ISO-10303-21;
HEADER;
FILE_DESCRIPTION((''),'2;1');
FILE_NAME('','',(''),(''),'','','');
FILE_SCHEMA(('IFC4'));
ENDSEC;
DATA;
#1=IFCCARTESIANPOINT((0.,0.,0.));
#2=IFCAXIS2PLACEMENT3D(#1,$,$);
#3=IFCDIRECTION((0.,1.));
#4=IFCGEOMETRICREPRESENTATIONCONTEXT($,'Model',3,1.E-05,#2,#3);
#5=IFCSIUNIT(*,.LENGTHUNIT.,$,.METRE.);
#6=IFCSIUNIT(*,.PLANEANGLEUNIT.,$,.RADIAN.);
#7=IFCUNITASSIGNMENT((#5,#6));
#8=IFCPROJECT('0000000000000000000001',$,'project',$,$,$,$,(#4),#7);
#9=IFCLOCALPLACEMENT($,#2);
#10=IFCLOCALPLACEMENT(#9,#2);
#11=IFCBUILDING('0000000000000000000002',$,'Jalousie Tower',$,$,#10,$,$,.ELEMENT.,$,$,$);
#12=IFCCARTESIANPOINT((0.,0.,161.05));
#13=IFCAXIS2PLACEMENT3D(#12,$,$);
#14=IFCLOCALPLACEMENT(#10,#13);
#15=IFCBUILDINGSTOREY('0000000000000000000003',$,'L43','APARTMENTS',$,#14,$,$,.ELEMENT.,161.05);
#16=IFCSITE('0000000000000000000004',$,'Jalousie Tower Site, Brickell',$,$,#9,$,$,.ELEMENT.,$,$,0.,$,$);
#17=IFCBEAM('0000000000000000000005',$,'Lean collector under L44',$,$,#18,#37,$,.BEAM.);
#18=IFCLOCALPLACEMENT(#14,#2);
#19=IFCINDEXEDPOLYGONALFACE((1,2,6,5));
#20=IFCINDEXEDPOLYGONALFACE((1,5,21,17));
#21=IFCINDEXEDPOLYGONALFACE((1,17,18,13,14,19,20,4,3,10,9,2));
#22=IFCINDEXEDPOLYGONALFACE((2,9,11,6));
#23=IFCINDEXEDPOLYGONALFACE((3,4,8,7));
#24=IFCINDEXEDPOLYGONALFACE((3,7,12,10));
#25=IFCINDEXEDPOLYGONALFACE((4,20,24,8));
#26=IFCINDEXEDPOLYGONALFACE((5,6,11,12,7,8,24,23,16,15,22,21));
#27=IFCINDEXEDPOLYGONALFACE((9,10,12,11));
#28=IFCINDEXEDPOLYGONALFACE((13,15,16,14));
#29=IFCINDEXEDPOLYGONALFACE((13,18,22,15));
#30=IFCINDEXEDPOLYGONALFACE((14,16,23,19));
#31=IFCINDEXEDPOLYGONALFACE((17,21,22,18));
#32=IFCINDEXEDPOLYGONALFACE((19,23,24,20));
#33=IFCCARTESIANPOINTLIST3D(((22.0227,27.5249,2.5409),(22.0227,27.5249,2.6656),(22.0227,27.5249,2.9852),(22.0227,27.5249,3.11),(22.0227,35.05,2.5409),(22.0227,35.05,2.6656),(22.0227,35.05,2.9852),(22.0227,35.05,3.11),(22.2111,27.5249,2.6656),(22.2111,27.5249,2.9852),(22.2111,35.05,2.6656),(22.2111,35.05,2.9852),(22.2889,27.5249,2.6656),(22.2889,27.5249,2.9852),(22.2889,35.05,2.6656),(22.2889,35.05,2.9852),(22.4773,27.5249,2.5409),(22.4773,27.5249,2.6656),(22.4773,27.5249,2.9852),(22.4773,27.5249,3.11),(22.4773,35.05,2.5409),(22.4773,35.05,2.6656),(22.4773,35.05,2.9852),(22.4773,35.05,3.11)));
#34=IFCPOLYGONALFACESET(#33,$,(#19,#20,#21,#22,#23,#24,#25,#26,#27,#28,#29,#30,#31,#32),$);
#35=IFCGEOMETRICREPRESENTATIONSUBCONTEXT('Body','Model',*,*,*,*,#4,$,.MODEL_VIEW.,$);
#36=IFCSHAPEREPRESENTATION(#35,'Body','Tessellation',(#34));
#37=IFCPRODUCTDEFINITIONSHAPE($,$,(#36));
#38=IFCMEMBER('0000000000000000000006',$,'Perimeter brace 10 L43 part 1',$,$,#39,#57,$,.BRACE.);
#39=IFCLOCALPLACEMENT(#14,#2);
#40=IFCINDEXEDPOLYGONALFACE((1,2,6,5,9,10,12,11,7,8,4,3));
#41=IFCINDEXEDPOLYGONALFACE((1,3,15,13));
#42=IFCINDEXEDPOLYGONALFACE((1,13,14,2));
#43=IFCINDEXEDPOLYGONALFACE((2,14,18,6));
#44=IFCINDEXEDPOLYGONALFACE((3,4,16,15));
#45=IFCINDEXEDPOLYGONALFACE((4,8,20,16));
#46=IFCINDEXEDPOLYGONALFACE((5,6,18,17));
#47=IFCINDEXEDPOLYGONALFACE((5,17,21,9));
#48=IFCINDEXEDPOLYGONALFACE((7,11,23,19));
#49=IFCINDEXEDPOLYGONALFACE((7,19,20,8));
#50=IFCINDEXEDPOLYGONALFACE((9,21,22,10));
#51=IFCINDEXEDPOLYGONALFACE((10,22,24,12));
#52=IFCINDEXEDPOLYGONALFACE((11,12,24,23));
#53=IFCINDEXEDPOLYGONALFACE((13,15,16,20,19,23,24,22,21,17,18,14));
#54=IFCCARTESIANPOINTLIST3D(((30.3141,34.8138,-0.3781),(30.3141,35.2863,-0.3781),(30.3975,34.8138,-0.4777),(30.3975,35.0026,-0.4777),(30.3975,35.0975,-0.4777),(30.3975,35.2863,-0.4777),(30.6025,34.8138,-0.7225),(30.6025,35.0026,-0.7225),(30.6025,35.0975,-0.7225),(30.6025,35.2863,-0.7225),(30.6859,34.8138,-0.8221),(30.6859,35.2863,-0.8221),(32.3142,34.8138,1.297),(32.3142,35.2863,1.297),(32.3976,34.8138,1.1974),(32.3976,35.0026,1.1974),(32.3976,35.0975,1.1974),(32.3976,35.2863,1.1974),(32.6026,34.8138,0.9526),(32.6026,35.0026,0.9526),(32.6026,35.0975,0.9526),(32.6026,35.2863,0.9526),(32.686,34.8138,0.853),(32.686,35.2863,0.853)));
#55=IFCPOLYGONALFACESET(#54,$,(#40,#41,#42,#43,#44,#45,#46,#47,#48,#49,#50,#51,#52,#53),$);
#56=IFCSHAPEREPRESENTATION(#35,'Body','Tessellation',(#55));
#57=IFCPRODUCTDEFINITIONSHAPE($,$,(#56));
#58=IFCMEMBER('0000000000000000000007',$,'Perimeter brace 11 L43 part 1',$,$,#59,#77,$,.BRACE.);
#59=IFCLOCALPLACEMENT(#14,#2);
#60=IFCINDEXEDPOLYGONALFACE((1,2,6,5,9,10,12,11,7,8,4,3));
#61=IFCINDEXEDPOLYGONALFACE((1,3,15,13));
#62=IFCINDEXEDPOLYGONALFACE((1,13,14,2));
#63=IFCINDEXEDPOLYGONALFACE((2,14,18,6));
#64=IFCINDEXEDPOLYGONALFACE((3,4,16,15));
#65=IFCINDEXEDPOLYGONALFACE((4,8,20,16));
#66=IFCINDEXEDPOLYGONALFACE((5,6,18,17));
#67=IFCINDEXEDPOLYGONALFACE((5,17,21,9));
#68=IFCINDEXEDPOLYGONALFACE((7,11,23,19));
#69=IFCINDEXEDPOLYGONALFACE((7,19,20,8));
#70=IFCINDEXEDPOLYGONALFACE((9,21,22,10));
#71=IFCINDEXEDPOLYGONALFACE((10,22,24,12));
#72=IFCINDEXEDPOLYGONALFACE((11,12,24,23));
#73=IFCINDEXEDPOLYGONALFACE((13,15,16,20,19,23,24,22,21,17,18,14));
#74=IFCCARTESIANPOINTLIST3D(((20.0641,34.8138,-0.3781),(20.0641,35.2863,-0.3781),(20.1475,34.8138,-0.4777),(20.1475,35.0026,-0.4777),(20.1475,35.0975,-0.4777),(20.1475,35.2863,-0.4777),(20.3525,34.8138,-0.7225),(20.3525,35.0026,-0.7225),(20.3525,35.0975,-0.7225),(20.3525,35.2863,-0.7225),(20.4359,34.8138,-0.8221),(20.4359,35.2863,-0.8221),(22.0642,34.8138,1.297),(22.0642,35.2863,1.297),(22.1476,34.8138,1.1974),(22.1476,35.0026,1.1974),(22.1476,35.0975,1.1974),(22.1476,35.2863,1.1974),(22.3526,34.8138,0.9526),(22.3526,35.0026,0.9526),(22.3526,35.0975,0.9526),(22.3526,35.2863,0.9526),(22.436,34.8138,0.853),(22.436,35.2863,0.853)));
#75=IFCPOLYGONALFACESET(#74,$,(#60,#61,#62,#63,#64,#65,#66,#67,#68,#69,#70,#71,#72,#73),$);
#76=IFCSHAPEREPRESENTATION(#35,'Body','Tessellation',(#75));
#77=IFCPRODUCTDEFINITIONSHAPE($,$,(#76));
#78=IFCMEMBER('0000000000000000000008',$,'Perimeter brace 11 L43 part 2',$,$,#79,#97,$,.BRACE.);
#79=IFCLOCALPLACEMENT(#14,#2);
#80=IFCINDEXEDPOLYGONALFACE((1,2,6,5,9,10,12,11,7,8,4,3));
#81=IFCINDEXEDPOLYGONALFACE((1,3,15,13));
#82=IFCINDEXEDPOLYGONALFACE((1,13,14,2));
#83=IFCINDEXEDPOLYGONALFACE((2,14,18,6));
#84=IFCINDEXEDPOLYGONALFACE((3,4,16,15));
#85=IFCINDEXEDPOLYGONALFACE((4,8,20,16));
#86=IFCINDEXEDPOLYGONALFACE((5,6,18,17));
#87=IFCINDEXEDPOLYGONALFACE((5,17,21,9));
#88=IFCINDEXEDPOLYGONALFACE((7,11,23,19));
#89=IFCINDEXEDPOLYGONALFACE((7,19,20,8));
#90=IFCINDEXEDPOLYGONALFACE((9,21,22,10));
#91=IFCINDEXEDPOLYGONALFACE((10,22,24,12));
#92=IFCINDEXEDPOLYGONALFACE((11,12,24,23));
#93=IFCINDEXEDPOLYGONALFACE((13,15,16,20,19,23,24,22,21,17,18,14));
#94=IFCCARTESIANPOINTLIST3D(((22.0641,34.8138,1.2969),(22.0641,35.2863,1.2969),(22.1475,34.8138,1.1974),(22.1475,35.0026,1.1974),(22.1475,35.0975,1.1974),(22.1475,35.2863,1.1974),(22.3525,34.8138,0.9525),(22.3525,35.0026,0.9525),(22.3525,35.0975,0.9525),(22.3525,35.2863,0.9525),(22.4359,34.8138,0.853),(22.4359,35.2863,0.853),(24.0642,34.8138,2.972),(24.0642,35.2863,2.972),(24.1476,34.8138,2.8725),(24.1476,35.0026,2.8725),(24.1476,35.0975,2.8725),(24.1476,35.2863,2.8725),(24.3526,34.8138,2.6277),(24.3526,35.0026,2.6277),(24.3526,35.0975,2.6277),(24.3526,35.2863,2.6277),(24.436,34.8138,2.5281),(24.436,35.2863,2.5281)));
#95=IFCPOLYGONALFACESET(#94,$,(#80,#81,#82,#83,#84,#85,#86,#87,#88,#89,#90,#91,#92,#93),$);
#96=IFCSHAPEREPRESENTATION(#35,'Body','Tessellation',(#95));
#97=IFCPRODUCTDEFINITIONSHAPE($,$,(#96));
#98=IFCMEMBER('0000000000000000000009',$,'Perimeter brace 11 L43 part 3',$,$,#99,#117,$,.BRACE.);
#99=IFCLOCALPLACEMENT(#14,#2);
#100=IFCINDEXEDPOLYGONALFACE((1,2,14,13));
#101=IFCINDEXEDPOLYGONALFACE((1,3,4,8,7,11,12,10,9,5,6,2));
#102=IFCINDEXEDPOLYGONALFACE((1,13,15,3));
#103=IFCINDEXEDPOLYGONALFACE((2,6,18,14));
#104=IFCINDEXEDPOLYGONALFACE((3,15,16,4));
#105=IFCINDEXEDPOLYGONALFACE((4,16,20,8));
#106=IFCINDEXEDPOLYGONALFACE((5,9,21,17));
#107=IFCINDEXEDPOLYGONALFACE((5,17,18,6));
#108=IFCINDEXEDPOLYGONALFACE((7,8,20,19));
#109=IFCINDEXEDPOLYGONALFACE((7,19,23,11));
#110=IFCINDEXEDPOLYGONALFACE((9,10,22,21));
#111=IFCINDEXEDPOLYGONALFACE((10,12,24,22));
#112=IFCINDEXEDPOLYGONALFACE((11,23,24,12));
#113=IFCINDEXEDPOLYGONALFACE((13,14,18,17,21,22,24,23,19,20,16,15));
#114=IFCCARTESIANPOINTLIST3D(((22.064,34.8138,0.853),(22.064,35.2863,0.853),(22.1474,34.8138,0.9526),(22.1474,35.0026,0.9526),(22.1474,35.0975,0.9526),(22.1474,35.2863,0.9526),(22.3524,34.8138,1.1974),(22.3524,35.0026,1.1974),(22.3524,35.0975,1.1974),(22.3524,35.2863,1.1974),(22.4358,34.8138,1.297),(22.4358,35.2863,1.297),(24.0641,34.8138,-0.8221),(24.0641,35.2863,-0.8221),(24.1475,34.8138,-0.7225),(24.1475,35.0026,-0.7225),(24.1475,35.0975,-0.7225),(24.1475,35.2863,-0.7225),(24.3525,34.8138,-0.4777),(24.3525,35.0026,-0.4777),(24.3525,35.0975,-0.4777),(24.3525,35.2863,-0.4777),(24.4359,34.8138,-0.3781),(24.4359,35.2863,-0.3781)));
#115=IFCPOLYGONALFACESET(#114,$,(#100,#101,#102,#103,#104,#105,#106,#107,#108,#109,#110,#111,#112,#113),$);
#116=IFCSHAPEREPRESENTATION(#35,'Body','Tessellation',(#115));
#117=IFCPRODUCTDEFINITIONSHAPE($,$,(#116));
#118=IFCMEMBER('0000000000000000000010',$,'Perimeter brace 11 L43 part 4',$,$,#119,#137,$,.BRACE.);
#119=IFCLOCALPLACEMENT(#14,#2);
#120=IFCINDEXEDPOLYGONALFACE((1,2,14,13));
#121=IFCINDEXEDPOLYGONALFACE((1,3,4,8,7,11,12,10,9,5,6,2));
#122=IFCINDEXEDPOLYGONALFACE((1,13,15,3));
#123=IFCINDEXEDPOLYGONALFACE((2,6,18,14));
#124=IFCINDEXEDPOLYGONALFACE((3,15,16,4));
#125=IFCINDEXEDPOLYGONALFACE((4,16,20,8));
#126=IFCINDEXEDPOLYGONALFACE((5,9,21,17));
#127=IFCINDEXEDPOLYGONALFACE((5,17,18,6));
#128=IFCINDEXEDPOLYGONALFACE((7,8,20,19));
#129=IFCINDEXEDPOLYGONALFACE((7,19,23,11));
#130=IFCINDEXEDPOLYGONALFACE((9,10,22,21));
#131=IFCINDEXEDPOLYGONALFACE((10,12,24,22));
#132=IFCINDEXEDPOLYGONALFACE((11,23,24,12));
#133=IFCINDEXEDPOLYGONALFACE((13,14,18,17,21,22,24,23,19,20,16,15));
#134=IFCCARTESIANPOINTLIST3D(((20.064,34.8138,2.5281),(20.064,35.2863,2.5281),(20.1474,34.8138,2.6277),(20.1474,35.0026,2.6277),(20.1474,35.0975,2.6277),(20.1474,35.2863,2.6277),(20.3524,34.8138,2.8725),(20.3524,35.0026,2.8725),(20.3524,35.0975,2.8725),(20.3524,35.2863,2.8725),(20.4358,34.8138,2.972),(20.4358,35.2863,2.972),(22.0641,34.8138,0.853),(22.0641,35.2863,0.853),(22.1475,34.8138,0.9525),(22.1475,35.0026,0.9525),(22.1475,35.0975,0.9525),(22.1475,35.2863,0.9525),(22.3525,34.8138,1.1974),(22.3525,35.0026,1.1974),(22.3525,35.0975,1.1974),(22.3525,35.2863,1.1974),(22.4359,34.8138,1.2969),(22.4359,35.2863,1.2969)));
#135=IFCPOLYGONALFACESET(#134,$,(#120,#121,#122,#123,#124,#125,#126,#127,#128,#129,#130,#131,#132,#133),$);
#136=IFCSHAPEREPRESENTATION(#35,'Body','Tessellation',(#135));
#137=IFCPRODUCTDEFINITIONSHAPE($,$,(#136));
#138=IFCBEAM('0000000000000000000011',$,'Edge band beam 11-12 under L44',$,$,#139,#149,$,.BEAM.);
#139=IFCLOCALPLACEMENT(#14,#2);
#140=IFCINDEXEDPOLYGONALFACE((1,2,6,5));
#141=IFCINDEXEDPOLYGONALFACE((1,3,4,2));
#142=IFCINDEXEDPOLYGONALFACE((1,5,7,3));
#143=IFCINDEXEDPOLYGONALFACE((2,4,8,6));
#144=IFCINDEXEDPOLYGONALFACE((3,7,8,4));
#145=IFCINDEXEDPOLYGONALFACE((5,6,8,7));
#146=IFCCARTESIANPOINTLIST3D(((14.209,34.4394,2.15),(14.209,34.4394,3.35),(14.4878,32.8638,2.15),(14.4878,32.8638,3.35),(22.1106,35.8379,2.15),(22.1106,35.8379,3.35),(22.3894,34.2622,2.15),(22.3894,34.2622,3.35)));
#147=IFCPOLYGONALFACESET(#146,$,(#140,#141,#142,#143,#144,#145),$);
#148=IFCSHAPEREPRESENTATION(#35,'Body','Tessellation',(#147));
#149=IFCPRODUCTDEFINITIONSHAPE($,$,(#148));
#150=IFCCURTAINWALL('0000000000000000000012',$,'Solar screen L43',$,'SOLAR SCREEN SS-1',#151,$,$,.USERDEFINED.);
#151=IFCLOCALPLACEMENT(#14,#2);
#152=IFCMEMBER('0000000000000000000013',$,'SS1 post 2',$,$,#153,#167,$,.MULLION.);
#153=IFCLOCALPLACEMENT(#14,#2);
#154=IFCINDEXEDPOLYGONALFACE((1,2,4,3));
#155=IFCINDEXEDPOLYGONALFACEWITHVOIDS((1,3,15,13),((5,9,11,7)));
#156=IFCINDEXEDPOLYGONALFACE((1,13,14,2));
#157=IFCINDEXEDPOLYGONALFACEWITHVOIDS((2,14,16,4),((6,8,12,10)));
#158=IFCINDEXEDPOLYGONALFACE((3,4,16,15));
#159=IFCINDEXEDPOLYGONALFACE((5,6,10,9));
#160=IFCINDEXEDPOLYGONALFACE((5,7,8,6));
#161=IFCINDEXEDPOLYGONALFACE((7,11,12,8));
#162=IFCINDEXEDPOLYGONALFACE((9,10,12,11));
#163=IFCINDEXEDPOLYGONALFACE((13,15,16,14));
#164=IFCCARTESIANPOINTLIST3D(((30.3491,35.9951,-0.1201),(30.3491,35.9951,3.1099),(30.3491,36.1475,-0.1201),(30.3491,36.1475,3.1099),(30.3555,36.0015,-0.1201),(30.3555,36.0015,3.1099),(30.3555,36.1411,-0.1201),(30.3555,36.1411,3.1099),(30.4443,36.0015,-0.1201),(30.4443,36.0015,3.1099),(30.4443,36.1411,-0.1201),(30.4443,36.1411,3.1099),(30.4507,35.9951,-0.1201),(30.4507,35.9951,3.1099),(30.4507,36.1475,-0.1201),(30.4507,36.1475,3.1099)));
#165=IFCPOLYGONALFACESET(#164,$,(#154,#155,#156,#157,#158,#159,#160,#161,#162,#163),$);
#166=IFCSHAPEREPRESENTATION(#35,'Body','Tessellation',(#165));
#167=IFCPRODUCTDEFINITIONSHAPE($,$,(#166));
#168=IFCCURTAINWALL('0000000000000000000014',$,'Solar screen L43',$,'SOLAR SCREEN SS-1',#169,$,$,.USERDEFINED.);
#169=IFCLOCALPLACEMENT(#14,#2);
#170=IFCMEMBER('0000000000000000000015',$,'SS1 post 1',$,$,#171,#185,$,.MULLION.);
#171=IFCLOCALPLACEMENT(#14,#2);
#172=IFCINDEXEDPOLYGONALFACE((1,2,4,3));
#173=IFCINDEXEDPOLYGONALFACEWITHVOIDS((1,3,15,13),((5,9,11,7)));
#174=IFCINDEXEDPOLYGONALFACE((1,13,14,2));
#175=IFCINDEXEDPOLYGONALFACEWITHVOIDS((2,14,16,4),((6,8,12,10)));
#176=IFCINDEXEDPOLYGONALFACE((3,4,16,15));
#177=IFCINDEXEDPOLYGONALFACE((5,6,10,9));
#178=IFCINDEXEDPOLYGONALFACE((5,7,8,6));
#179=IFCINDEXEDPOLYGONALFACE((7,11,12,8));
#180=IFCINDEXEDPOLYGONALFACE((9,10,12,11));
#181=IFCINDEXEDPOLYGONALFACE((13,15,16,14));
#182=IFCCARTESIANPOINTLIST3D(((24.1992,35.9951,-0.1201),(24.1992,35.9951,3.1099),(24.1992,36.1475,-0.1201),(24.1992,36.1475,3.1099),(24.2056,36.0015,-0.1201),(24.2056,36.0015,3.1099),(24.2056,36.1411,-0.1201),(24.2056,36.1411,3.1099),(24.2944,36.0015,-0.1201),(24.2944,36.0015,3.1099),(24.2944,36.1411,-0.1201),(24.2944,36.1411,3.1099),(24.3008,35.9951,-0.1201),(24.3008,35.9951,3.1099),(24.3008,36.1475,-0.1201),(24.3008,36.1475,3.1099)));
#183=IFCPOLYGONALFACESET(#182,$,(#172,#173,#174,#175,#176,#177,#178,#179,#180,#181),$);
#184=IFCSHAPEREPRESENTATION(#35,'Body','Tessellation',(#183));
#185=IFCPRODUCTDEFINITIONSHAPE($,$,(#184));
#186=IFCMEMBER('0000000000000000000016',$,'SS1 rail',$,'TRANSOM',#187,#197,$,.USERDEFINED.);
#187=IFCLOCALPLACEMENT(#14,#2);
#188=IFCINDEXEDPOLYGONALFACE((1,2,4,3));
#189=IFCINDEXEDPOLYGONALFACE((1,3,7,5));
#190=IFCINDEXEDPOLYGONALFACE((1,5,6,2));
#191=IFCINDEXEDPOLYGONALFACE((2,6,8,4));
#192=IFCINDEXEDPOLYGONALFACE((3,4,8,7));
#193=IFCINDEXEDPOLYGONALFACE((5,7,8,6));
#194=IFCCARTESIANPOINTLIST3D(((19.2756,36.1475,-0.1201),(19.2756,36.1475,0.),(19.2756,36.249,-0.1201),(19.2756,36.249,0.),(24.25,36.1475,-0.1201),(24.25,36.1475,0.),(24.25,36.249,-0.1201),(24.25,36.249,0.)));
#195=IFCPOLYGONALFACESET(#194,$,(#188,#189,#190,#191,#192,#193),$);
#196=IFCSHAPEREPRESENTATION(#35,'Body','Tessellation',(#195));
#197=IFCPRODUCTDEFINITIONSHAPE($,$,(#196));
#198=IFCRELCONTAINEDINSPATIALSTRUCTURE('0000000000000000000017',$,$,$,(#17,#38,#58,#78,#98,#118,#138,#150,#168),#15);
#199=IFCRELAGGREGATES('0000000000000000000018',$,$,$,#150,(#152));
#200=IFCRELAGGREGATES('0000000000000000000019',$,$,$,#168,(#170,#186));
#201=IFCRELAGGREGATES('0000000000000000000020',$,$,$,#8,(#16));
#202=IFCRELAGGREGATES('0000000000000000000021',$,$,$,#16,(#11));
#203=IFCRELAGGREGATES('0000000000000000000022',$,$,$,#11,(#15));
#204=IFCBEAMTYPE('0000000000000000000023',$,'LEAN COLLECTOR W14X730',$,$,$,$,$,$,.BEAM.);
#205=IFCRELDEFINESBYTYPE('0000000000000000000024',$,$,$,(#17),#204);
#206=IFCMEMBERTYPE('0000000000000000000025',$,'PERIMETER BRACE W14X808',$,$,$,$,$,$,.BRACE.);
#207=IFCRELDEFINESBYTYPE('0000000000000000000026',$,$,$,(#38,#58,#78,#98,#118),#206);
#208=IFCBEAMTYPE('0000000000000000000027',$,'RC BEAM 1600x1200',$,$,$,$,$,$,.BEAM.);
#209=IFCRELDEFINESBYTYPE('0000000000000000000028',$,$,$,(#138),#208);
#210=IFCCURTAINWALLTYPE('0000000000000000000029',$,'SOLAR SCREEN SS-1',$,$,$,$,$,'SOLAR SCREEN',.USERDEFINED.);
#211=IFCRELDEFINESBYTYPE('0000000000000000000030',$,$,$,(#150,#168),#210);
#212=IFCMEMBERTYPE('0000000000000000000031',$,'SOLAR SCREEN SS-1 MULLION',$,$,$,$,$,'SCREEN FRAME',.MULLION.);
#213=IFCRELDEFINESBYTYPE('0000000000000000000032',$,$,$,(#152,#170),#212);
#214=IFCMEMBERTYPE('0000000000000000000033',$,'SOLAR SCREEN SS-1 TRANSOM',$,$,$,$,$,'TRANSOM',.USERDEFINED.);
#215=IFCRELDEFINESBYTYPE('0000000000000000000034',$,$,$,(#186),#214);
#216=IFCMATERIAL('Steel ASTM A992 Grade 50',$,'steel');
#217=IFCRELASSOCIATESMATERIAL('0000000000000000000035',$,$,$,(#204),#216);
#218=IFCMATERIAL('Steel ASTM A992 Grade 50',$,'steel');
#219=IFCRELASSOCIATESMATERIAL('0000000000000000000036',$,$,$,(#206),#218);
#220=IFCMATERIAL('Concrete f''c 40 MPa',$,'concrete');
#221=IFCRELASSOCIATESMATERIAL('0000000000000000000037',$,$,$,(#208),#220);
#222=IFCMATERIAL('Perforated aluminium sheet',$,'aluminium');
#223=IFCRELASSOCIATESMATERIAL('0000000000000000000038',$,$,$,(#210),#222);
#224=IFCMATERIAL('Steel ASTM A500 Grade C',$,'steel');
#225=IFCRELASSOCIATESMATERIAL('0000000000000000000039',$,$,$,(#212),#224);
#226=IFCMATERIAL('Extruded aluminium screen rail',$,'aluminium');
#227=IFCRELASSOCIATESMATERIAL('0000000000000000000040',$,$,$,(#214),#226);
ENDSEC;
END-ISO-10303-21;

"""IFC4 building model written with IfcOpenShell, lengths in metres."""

from ifc_helpers import new_model, si_unit, direction, frame, origin, origin_2d, place, context, subcontext, project, spatial, rectangle, hollow_rectangle, i_section, extrude, material, material_profile, profile_set, type_object, element, aggregate, save


model = new_model("IFC4")

# Units and contexts
model_context = context("Model", 3, precision=1e-05, world=origin(), true_north=direction((0.0, 1.0)))
body_context = subcontext(model_context, "Body", "Model", "MODEL_VIEW")
ifc_project = project(units=[si_unit("LENGTHUNIT", "METRE"), si_unit("PLANEANGLEUNIT", "RADIAN")], contexts=[model_context])

# Site, building, storey
site_placement = place(None, origin())
site = spatial("IfcSite", under=ifc_project, at=site_placement, Name="Jalousie Tower Site, Brickell", CompositionType="ELEMENT", RefElevation=0.0)
building_placement = place(site_placement, origin())
building = spatial("IfcBuilding", under=site, at=building_placement, Name="Jalousie Tower", CompositionType="ELEMENT")
storey_placement = place(building_placement, frame((0.0, 0.0, 161.05)))
storey = spatial("IfcBuildingStorey", under=building, at=storey_placement, Name="L43", Description="APARTMENTS", CompositionType="ELEMENT", Elevation=161.05)

# Beam
ifc_material_1 = material(Name="Steel ASTM A992 Grade 50", Category="steel")
ifc_material_profile_1 = material_profile(ifc_material_1, i_section(OverallWidth=0.4546, OverallDepth=0.5691, WebThickness=0.0779, FlangeThickness=0.1248, at=origin_2d()), Name="W14X730")
ifc_profile_set_1 = profile_set([ifc_material_profile_1], Name="Steel ASTM A992 Grade 50")
beam_type_1 = type_object("IfcBeamType", Name="LEAN COLLECTOR W14X730", PredefinedType="BEAM", material=ifc_profile_set_1)
beam_1_placement = place(storey_placement, frame((22.25, 35.05, 2.8254), z_axis=(0.0, -1.0, 0.0), x_axis=(1.0, 0.0, 0.0)))
element("IfcBeam", 1, at=beam_1_placement, inside=storey, type_object=beam_type_1, Name="Lean collector under L44", PredefinedType="BEAM", context=body_context, shape_type="SweptSolid", body=[
    extrude(i_section(OverallWidth=0.4546, OverallDepth=0.5691, WebThickness=0.0779, FlangeThickness=0.1248, at=origin_2d()), origin(), (0.0, 0.0, 1.0), 7.5251),
])

# Members
ifc_material_2 = material(Name="Steel ASTM A992 Grade 50", Category="steel")
ifc_material_profile_2 = material_profile(ifc_material_2, i_section(OverallWidth=0.4724, OverallDepth=0.5791, WebThickness=0.095, FlangeThickness=0.1299, at=origin_2d()), Name="W14X808")
ifc_profile_set_2 = profile_set([ifc_material_profile_2], Name="Steel ASTM A992 Grade 50")
member_type_1 = type_object("IfcMemberType", Name="PERIMETER BRACE W14X808", PredefinedType="BRACE", material=ifc_profile_set_2)
for number, where, z_axis, x_axis, name in (
    (2, (30.5, 35.05, -0.6001), (0.766639, 0.0, 0.642079), (0.0, 1.0, 0.0), "Perimeter brace 10 L43 part 1"),
    (3, (20.25, 35.05, -0.6001), (0.766639, 0.0, 0.642079), (0.0, 1.0, 0.0), "Perimeter brace 11 L43 part 1"),
    (4, (22.25, 35.05, 1.075), (0.766639, 0.0, 0.642079), (0.0, 1.0, 0.0), "Perimeter brace 11 L43 part 2"),
    (5, (24.25, 35.05, -0.6001), (-0.766639, 0.0, 0.642079), (0.0, -1.0, 0.0), "Perimeter brace 11 L43 part 3"),
    (6, (22.25, 35.05, 1.075), (-0.766639, 0.0, 0.642079), (0.0, -1.0, 0.0), "Perimeter brace 11 L43 part 4"),
):
    element("IfcMember", number, at=place(storey_placement, frame(where, z_axis=z_axis, x_axis=x_axis)), inside=storey, type_object=member_type_1, Name=name, PredefinedType="BRACE", context=body_context, shape_type="SweptSolid", body=[
        extrude(i_section(OverallWidth=0.4724, OverallDepth=0.5791, WebThickness=0.095, FlangeThickness=0.1299, at=origin_2d()), origin(), (0.0, 0.0, 1.0), 2.6089),
    ])

# Beam
ifc_material_3 = material(Name="Concrete f'c 40 MPa", Category="concrete")
ifc_material_profile_3 = material_profile(ifc_material_3, rectangle(XDim=1.6001, YDim=1.2, at=origin_2d()), Name="RC 1600x1200")
ifc_profile_set_3 = profile_set([ifc_material_profile_3], Name="Concrete f'c 40 MPa")
beam_type_2 = type_object("IfcBeamType", Name="RC BEAM 1600x1200", PredefinedType="BEAM", material=ifc_profile_set_3)
beam_2_placement = place(storey_placement, frame((22.25, 35.05, 2.75), z_axis=(-0.984697, -0.174273, 0.0), x_axis=(0.174273, -0.984697, 0.0)))
element("IfcBeam", 7, at=beam_2_placement, inside=storey, type_object=beam_type_2, Name="Edge band beam 11-12 under L44", PredefinedType="BEAM", context=body_context, shape_type="SweptSolid", body=[
    extrude(rectangle(XDim=1.6001, YDim=1.2, at=origin_2d()), origin(), (0.0, 0.0, 1.0), 8.0244),
])

# Curtain wall, member
ifc_material_4 = material(Name="Perforated aluminium sheet", Category="aluminium")
curtain_wall_type = type_object("IfcCurtainWallType", Name="SOLAR SCREEN SS-1", ElementType="SOLAR SCREEN", PredefinedType="USERDEFINED", material=ifc_material_4)
curtain_wall_1_placement = place(storey_placement, origin())
curtain_wall_1 = element("IfcCurtainWall", 8, at=curtain_wall_1_placement, inside=storey, type_object=curtain_wall_type, Name="Solar screen L43", ObjectType="SOLAR SCREEN SS-1", PredefinedType="USERDEFINED")
ifc_material_5 = material(Name="Steel ASTM A500 Grade C", Category="steel")
ifc_material_profile_4 = material_profile(ifc_material_5, hollow_rectangle(XDim=0.1016, YDim=0.1523, WallThickness=0.0063, at=origin_2d()), Name="HSS6X4X1/4")
ifc_profile_set_4 = profile_set([ifc_material_profile_4], Name="Steel ASTM A500 Grade C")
member_type_2 = type_object("IfcMemberType", Name="SOLAR SCREEN SS-1 MULLION", ElementType="SCREEN FRAME", PredefinedType="MULLION", material=ifc_profile_set_4)
member_1_placement = place(storey_placement, frame((30.3999, 36.0713, -0.1201), z_axis=(0.0, 0.0, 1.0), x_axis=(-1.0, 0.0, 0.0)))
member_1 = element("IfcMember", 9, at=member_1_placement, type_object=member_type_2, Name="SS1 post 2", PredefinedType="MULLION", context=body_context, shape_type="SweptSolid", body=[
    extrude(hollow_rectangle(XDim=0.1016, YDim=0.1523, WallThickness=0.0063, at=origin_2d()), origin(), (0.0, 0.0, 1.0), 3.23),
])
aggregate(curtain_wall_1, [member_1])

# Curtain wall, members
curtain_wall_2_placement = place(storey_placement, origin())
curtain_wall_2 = element("IfcCurtainWall", 10, at=curtain_wall_2_placement, inside=storey, type_object=curtain_wall_type, Name="Solar screen L43", ObjectType="SOLAR SCREEN SS-1", PredefinedType="USERDEFINED")
member_2_placement = place(storey_placement, frame((24.25, 36.0713, -0.1201), z_axis=(0.0, 0.0, 1.0), x_axis=(-1.0, 0.0, 0.0)))
member_2 = element("IfcMember", 11, at=member_2_placement, type_object=member_type_2, Name="SS1 post 1", PredefinedType="MULLION", context=body_context, shape_type="SweptSolid", body=[
    extrude(hollow_rectangle(XDim=0.1016, YDim=0.1523, WallThickness=0.0063, at=origin_2d()), origin(), (0.0, 0.0, 1.0), 3.23),
])
ifc_material_6 = material(Name="Extruded aluminium screen rail", Category="aluminium")
ifc_material_profile_5 = material_profile(ifc_material_6, rectangle(XDim=0.1016, YDim=0.1201, at=origin_2d()), Name="RAIL 102x120")
ifc_profile_set_5 = profile_set([ifc_material_profile_5], Name="Extruded aluminium screen rail")
member_type_3 = type_object("IfcMemberType", Name="SOLAR SCREEN SS-1 TRANSOM", ElementType="TRANSOM", PredefinedType="USERDEFINED", material=ifc_profile_set_5)
member_3_placement = place(storey_placement, frame((24.25, 36.1982, -0.0601), z_axis=(-1.0, 0.0, 0.0), x_axis=(0.0, -1.0, 0.0)))
member_3 = element("IfcMember", 12, at=member_3_placement, type_object=member_type_3, Name="SS1 rail", ObjectType="TRANSOM", PredefinedType="USERDEFINED", context=body_context, shape_type="SweptSolid", body=[
    extrude(rectangle(XDim=0.1016, YDim=0.1201, at=origin_2d()), origin(), (0.0, 0.0, 1.0), 4.9744),
])
aggregate(curtain_wall_2, [member_2, member_3])

save(model, "model.ifc")
